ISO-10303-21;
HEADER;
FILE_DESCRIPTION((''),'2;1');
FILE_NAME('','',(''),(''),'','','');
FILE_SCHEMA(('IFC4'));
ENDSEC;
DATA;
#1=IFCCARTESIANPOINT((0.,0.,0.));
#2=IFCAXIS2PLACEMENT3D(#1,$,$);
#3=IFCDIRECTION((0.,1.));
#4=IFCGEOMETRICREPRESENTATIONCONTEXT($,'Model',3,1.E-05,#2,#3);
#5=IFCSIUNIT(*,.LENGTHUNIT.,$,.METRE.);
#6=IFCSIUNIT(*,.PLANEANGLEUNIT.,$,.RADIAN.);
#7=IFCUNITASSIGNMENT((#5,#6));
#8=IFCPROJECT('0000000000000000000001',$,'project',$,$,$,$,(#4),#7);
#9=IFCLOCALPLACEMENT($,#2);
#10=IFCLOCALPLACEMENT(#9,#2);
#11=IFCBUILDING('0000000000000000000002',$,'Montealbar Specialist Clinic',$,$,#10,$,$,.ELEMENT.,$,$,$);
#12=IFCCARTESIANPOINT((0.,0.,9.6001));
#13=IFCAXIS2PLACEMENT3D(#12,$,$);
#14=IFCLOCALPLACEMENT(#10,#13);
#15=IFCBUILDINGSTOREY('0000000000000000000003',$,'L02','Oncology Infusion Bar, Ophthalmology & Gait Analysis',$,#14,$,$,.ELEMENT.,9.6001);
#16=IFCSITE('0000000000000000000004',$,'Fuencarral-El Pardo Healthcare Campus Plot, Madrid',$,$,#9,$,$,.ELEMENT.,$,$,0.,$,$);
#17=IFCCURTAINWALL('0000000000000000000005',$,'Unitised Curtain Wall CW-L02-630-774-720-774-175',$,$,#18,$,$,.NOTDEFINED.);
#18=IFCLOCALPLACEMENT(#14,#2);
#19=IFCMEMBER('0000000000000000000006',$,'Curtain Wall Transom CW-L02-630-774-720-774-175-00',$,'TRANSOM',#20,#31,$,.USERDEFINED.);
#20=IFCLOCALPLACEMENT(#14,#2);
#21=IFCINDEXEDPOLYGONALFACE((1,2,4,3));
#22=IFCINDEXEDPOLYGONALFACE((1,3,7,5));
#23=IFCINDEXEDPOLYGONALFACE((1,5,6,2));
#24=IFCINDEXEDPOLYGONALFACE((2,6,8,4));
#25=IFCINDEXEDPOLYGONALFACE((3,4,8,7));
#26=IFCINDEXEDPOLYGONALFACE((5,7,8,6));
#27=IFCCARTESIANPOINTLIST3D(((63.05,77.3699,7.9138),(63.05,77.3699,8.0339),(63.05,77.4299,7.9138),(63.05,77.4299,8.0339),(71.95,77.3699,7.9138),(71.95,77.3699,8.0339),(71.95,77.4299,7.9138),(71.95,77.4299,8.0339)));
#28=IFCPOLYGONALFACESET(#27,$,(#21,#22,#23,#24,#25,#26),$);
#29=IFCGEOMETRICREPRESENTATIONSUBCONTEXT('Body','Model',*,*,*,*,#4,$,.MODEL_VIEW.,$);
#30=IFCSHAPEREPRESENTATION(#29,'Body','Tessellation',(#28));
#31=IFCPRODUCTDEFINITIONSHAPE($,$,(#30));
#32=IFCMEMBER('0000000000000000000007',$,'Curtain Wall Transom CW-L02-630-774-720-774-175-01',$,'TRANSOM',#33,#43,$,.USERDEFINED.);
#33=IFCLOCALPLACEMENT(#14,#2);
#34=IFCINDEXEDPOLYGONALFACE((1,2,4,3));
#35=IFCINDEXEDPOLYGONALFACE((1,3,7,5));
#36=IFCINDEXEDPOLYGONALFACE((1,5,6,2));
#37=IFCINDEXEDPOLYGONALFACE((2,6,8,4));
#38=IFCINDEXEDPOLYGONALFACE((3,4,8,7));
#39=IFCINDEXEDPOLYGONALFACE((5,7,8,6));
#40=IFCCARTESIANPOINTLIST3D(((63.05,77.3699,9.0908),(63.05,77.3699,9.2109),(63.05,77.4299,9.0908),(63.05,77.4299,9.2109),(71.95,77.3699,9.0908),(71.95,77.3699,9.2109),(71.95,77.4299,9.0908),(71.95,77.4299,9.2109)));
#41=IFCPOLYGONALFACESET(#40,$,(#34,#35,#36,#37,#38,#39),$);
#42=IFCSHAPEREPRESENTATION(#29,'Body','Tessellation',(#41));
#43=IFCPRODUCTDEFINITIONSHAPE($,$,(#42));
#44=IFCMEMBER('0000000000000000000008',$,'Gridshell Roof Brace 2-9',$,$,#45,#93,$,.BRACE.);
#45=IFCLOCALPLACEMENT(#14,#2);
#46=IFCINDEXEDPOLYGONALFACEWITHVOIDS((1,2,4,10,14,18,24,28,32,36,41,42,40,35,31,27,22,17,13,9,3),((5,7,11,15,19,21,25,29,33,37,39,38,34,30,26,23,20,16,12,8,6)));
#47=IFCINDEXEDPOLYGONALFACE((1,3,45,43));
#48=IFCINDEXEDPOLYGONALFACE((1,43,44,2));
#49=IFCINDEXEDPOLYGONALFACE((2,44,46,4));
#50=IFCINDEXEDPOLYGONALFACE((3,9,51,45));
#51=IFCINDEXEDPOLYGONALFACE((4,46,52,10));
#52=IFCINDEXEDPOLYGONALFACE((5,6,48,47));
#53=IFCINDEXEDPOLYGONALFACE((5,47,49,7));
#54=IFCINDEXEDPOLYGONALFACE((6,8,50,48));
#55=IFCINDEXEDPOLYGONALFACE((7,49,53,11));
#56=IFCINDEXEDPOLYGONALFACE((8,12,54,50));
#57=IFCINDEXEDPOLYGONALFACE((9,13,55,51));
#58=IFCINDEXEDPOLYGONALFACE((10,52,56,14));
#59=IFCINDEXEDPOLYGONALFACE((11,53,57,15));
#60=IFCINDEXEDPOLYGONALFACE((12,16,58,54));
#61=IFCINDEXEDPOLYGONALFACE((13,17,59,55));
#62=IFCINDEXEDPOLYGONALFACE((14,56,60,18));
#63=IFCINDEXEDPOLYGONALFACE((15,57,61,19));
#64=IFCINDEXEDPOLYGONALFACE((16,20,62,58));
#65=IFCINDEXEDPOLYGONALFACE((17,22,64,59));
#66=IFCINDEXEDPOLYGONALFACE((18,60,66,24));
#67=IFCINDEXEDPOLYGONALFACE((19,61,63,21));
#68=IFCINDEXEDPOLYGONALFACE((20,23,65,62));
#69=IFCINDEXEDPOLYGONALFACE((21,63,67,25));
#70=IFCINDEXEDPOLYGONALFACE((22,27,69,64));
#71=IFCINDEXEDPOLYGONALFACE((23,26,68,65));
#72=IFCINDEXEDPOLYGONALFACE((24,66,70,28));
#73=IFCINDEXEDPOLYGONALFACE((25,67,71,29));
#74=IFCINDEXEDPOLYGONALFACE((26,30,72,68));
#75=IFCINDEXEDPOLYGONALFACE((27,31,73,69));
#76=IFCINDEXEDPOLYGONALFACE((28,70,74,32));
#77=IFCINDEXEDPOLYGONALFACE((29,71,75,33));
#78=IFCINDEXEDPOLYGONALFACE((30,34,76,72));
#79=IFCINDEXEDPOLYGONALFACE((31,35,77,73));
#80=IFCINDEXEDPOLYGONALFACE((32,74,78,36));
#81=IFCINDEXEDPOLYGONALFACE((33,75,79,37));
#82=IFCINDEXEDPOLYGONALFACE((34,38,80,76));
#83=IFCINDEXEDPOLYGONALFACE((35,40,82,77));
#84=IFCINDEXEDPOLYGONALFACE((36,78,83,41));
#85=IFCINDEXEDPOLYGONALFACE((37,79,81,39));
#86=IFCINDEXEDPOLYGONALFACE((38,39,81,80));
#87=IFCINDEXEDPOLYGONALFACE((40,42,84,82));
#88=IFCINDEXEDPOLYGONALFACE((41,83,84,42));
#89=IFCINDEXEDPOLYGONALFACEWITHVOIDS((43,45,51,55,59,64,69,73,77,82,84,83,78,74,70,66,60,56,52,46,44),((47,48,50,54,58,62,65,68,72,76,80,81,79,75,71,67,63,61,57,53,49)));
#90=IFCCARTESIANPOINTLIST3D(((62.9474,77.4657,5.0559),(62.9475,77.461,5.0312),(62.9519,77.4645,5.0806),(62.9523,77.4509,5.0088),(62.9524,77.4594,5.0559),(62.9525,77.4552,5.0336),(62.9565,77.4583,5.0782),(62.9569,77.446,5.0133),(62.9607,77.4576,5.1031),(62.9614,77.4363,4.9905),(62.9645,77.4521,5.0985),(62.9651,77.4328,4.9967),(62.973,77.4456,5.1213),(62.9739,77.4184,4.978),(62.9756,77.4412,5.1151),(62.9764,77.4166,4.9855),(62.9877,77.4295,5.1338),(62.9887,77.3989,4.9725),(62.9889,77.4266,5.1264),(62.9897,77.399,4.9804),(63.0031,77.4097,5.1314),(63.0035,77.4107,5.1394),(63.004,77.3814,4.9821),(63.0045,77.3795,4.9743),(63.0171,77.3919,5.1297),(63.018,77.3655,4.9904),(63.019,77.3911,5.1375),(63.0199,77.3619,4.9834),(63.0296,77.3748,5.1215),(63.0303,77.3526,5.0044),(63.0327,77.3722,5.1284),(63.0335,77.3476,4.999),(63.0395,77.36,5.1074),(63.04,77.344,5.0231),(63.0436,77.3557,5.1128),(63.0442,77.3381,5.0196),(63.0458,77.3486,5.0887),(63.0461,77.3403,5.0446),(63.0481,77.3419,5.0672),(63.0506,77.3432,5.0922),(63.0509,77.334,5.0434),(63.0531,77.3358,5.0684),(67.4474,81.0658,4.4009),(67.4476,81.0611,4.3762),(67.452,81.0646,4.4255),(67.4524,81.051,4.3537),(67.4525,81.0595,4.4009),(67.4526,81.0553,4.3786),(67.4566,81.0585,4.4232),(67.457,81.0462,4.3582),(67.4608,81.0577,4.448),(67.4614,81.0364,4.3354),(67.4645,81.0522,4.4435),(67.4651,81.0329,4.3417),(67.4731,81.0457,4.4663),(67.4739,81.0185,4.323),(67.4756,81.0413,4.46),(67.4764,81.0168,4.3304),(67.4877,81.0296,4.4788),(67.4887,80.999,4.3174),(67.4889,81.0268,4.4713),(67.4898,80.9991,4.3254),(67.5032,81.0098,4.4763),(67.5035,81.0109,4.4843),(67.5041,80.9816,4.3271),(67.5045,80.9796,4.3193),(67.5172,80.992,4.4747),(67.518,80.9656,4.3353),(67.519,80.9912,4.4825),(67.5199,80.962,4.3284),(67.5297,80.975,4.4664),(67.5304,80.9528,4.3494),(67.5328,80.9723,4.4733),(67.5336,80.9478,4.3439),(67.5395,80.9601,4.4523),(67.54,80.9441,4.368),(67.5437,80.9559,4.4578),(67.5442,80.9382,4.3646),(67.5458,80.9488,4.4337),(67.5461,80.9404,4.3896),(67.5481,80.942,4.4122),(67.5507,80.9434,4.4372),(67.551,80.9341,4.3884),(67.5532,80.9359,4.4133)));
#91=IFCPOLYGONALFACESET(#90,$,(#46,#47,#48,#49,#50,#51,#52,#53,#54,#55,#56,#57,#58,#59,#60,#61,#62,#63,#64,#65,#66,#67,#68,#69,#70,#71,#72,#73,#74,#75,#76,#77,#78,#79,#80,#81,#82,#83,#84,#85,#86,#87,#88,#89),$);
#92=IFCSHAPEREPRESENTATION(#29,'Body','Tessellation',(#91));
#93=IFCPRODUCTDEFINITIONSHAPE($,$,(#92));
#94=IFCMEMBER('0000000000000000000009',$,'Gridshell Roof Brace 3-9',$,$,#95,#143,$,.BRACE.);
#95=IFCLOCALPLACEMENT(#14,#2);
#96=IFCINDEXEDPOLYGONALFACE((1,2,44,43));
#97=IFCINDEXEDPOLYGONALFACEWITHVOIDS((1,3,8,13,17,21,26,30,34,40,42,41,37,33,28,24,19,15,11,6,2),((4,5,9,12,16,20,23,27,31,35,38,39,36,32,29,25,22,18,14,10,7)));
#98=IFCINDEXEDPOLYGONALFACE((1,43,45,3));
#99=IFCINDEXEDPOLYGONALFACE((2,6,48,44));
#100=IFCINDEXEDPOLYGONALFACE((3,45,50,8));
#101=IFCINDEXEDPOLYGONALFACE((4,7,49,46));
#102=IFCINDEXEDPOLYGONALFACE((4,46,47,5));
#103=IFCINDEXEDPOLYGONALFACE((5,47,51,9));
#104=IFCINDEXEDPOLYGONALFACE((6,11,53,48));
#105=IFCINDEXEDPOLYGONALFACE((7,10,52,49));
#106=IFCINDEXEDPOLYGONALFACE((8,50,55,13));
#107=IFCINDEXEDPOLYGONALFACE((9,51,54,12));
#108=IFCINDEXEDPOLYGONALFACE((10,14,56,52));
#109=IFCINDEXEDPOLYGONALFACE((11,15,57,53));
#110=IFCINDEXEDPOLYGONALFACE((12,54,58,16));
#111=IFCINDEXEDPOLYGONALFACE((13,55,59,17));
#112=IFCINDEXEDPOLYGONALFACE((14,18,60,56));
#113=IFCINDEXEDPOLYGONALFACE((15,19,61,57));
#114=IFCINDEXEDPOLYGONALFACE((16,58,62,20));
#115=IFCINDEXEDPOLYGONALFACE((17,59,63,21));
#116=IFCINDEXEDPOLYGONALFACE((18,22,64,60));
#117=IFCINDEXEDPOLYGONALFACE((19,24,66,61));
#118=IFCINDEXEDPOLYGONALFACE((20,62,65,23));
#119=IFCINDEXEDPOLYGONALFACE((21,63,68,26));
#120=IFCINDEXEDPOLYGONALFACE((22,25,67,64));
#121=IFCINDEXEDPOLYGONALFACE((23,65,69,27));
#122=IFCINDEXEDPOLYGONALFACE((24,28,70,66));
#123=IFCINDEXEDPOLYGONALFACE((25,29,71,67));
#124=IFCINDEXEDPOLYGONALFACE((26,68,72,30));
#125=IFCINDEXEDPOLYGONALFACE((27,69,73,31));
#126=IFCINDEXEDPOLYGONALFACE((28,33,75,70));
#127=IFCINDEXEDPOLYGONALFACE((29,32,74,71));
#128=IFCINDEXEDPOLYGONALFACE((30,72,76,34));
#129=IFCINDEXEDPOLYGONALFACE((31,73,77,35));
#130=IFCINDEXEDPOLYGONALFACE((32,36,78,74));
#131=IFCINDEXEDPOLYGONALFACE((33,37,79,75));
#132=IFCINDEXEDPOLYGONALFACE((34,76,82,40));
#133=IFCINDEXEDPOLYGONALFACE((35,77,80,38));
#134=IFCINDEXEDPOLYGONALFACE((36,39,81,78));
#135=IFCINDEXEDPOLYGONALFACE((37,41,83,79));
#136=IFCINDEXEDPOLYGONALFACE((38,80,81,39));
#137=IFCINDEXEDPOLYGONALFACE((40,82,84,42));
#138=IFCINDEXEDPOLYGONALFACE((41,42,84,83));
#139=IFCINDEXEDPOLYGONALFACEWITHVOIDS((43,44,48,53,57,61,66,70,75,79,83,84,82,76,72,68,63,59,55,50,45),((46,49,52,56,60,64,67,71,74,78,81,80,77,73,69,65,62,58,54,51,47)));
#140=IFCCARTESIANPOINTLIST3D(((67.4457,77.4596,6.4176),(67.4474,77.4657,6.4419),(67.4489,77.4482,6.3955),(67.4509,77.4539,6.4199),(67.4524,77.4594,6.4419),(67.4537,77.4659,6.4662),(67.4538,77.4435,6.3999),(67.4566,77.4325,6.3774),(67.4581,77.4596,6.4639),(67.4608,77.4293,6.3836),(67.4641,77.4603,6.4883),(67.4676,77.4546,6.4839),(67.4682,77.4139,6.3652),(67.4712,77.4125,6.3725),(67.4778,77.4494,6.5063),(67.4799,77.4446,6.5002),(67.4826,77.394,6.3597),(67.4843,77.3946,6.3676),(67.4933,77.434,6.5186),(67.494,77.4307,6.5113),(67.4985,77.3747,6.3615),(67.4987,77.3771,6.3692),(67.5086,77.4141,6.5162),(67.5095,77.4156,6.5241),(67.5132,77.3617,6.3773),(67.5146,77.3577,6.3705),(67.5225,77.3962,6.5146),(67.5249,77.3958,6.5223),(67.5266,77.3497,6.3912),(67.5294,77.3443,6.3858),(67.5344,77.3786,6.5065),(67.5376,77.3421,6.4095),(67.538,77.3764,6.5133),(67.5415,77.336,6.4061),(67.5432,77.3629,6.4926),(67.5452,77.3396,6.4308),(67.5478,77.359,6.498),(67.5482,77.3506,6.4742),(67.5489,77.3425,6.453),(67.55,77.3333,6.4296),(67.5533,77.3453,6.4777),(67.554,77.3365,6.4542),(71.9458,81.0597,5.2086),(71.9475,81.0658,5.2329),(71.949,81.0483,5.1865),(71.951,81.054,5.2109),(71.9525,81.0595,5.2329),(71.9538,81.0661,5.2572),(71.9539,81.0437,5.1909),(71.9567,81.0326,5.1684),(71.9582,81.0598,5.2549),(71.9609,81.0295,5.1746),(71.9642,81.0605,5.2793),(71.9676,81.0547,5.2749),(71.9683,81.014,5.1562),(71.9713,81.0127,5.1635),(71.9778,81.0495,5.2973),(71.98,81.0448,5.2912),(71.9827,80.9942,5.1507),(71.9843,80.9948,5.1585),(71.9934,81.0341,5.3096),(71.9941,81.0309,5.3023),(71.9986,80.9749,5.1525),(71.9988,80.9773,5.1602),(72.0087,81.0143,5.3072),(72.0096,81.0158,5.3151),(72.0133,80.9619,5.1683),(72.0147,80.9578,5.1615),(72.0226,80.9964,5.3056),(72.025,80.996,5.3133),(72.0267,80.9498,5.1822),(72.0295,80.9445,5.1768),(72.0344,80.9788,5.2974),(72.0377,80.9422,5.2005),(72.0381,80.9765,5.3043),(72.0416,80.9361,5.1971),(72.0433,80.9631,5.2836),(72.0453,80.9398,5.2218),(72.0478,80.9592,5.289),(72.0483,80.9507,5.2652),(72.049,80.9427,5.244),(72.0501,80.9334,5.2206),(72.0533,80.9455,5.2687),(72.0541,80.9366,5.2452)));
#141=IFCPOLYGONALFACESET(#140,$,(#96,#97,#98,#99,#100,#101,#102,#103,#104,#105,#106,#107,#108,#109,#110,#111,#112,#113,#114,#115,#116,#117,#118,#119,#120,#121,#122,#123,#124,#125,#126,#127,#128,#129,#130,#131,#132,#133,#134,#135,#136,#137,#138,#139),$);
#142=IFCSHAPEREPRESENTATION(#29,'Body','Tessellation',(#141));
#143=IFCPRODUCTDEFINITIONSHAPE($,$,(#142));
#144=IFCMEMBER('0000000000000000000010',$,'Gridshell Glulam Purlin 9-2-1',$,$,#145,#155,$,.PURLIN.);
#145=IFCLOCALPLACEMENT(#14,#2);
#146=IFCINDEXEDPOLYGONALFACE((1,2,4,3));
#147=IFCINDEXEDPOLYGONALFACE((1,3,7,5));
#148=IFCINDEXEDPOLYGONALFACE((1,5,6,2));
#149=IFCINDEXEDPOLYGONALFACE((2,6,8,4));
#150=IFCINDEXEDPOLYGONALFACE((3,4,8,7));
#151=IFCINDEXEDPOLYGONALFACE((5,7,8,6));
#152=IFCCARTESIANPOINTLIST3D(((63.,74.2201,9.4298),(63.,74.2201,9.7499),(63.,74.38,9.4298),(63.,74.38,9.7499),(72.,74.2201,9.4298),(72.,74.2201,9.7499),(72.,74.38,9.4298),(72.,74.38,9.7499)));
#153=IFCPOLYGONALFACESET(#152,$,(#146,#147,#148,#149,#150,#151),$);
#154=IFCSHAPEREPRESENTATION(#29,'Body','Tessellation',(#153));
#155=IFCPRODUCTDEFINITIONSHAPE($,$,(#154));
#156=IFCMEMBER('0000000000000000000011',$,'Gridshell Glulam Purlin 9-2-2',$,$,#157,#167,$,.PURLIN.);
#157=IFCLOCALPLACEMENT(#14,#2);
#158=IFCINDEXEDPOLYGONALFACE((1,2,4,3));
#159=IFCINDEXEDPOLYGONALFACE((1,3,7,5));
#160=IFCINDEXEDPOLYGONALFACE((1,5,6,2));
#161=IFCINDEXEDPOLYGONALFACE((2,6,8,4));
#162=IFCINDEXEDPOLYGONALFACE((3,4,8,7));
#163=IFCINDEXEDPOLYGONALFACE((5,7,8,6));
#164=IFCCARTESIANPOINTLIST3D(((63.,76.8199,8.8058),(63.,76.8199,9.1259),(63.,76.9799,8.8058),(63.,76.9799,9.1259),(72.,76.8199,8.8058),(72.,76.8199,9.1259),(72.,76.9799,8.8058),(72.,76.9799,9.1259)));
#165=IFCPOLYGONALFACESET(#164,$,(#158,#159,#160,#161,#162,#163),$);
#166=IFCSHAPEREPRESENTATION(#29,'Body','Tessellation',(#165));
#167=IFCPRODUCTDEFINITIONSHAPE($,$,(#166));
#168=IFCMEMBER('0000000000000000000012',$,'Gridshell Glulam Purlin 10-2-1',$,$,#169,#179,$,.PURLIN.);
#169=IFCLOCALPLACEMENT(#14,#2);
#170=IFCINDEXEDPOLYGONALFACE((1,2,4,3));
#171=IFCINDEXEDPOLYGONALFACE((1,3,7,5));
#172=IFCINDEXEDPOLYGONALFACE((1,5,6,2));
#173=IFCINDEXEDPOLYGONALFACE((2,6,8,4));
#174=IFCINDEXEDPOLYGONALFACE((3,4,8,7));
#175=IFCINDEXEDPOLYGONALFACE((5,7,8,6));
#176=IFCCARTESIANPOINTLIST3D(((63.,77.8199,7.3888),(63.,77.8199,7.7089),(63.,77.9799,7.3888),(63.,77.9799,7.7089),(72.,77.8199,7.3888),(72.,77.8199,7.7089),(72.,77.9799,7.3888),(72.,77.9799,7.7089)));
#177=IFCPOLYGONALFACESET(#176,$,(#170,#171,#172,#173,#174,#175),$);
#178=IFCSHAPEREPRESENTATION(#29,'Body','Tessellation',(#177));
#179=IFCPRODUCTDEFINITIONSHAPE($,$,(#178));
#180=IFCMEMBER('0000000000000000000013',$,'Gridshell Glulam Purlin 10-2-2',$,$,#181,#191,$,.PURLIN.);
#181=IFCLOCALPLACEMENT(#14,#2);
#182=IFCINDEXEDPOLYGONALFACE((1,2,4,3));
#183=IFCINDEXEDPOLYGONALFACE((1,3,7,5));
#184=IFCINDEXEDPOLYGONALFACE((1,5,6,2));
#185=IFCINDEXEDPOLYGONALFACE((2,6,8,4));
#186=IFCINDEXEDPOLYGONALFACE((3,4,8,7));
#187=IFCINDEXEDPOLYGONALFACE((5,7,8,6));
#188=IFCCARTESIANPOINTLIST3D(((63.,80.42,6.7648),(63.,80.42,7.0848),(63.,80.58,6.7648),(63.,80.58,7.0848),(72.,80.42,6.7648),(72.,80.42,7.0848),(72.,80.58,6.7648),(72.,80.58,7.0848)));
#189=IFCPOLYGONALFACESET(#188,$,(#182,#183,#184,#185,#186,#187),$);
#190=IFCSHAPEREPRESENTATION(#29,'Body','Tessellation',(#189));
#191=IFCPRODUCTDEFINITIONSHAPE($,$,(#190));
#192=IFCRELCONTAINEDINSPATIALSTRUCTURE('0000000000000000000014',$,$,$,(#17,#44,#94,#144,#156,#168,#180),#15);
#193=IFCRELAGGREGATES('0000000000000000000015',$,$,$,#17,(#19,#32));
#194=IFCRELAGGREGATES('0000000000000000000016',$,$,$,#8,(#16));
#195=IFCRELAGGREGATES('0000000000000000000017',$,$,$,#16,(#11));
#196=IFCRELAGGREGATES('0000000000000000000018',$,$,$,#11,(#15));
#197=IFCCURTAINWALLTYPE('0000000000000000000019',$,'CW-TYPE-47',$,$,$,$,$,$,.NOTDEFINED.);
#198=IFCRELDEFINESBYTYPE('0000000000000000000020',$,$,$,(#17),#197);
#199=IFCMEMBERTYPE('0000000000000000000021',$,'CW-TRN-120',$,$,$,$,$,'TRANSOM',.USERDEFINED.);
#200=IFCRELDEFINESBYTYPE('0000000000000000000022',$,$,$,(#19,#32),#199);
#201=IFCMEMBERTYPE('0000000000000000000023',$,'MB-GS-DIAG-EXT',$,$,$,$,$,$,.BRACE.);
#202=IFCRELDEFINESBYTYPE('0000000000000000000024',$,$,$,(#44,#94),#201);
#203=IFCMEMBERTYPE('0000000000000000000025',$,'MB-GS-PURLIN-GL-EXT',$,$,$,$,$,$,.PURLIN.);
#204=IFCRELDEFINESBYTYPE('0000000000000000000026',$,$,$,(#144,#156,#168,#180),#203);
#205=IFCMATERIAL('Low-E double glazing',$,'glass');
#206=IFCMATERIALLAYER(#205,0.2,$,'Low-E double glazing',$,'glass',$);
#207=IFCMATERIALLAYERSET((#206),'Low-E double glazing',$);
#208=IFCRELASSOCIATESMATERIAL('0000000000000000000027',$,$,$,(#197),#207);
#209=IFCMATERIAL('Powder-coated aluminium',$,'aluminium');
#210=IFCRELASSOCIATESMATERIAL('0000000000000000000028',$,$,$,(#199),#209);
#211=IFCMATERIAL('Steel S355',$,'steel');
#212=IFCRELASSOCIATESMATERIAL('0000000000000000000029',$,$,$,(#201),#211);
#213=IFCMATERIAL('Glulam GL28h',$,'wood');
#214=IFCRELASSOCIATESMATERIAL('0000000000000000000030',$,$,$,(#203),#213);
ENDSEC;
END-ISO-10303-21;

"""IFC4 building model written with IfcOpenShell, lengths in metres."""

from ifc_helpers import new_model, si_unit, direction, frame, origin, origin_2d, place, context, subcontext, project, spatial, rectangle, hollow_circle, extrude, material, layer, layer_set, material_profile, profile_set, type_object, element, aggregate, save


model = new_model("IFC4")

# Units and contexts
model_context = context("Model", 3, precision=1e-05, world=origin(), true_north=direction((0.0, 1.0)))
body_context = subcontext(model_context, "Body", "Model", "MODEL_VIEW")
ifc_project = project(units=[si_unit("LENGTHUNIT", "METRE"), si_unit("PLANEANGLEUNIT", "RADIAN")], contexts=[model_context])

# Site, building, storey
site_placement = place(None, origin())
site = spatial("IfcSite", under=ifc_project, at=site_placement, Name="Fuencarral-El Pardo Healthcare Campus Plot, Madrid", CompositionType="ELEMENT", RefElevation=0.0)
building_placement = place(site_placement, origin())
building = spatial("IfcBuilding", under=site, at=building_placement, Name="Montealbar Specialist Clinic", CompositionType="ELEMENT")
storey_placement = place(building_placement, frame((0.0, 0.0, 9.6001)))
storey = spatial("IfcBuildingStorey", under=building, at=storey_placement, Name="L02", Description="Oncology Infusion Bar, Ophthalmology & Gait Analysis", CompositionType="ELEMENT", Elevation=9.6001)

# Shared definitions
ifc_material_1 = material(Name="Steel S355", Category="steel")
ifc_material_2 = material(Name="Glulam GL28h", Category="wood")

# Curtain wall, members
ifc_material_3 = material(Name="Low-E double glazing", Category="glass")
ifc_layer_1 = layer(ifc_material_3, 0.2, Name="Low-E double glazing", Category="glass")
ifc_layer_set_1 = layer_set([ifc_layer_1], Name="Low-E double glazing")
curtain_wall_type = type_object("IfcCurtainWallType", Name="CW-TYPE-47", PredefinedType="NOTDEFINED", material=ifc_layer_set_1)
curtain_wall_placement = place(storey_placement, origin())
curtain_wall = element("IfcCurtainWall", 1, at=curtain_wall_placement, inside=storey, type_object=curtain_wall_type, Name="Unitised Curtain Wall CW-L02-630-774-720-774-175", PredefinedType="NOTDEFINED")
ifc_material_4 = material(Name="Powder-coated aluminium", Category="aluminium")
ifc_material_profile_1 = material_profile(ifc_material_4, rectangle(XDim=0.0601, YDim=0.1201, at=origin_2d()), Name="ALU 60x120", Category="aluminium")
ifc_profile_set_1 = profile_set([ifc_material_profile_1], Name="Powder-coated aluminium")
member_type_1 = type_object("IfcMemberType", Name="CW-TRN-120", ElementType="TRANSOM", PredefinedType="USERDEFINED", material=ifc_profile_set_1)
member_1_placement = place(storey_placement, frame((63.05, 77.3999, 7.9739), z_axis=(1.0, 0.0, 0.0), x_axis=(0.0, 1.0, 0.0)))
member_1 = element("IfcMember", 2, at=member_1_placement, type_object=member_type_1, Name="Curtain Wall Transom CW-L02-630-774-720-774-175-00", ObjectType="TRANSOM", PredefinedType="USERDEFINED", context=body_context, shape_type="SweptSolid", body=[
    extrude(rectangle(XDim=0.0601, YDim=0.1201, at=origin_2d()), origin(), (0.0, 0.0, 1.0), 8.8999),
])
member_2_placement = place(storey_placement, frame((63.05, 77.3999, 9.1509), z_axis=(1.0, 0.0, 0.0), x_axis=(0.0, 1.0, 0.0)))
member_2 = element("IfcMember", 3, at=member_2_placement, type_object=member_type_1, Name="Curtain Wall Transom CW-L02-630-774-720-774-175-01", ObjectType="TRANSOM", PredefinedType="USERDEFINED", context=body_context, shape_type="SweptSolid", body=[
    extrude(rectangle(XDim=0.0601, YDim=0.1201, at=origin_2d()), origin(), (0.0, 0.0, 1.0), 8.8999),
])

# Members
ifc_material_profile_2 = material_profile(ifc_material_1, hollow_circle(Radius=0.0842, WallThickness=0.0081, at=origin_2d()), Name="CHS 168.3x8.0", Category="steel")
ifc_profile_set_2 = profile_set([ifc_material_profile_2], Name="Steel S355")
member_type_2 = type_object("IfcMemberType", Name="MB-GS-DIAG-EXT", PredefinedType="BRACE", material=ifc_profile_set_2)
member_3_placement = place(storey_placement, frame((63.0, 77.3999, 5.0559), z_axis=(0.775865, 0.620709, -0.112936), x_axis=(-0.624705, 0.780861, 0.0)))
element("IfcMember", 4, at=member_3_placement, inside=storey, type_object=member_type_2, Name="Gridshell Roof Brace 2-9", PredefinedType="BRACE", context=body_context, shape_type="SweptSolid", body=[
    extrude(hollow_circle(Radius=0.0842, WallThickness=0.0081, at=origin_2d()), origin(), (0.0, 0.0, 1.0), 5.8),
])
member_4_placement = place(storey_placement, frame((67.5, 77.3999, 6.4419), z_axis=(0.764224, 0.611396, -0.205319), x_axis=(-0.624705, 0.780861, 0.0)))
element("IfcMember", 5, at=member_4_placement, inside=storey, type_object=member_type_2, Name="Gridshell Roof Brace 3-9", PredefinedType="BRACE", context=body_context, shape_type="SweptSolid", body=[
    extrude(hollow_circle(Radius=0.0842, WallThickness=0.0081, at=origin_2d()), origin(), (0.0, 0.0, 1.0), 5.8884),
])
ifc_material_profile_3 = material_profile(ifc_material_2, rectangle(XDim=0.1599, YDim=0.3201, at=origin_2d()), Name="GL28h 160x320", Category="wood")
ifc_profile_set_3 = profile_set([ifc_material_profile_3], Name="Glulam GL28h")
member_type_3 = type_object("IfcMemberType", Name="MB-GS-PURLIN-GL-EXT", PredefinedType="PURLIN", material=ifc_profile_set_3)
for number, where, z_axis, x_axis, name in (
    (6, (63.0, 74.3, 9.5898), (1.0, 0.0, 0.0), (0.0, 1.0, 0.0), "Gridshell Glulam Purlin 9-2-1"),
    (7, (63.0, 76.8999, 8.9658), (1.0, 0.0, 0.0), (0.0, 1.0, 0.0), "Gridshell Glulam Purlin 9-2-2"),
    (8, (63.0, 77.8999, 7.5488), (1.0, 0.0, 0.0), (0.0, 1.0, 0.0), "Gridshell Glulam Purlin 10-2-1"),
    (9, (63.0, 80.5, 6.9248), (1.0, 0.0, 0.0), (0.0, 1.0, 0.0), "Gridshell Glulam Purlin 10-2-2"),
):
    element("IfcMember", number, at=place(storey_placement, frame(where, z_axis=z_axis, x_axis=x_axis)), inside=storey, type_object=member_type_3, Name=name, PredefinedType="PURLIN", context=body_context, shape_type="SweptSolid", body=[
        extrude(rectangle(XDim=0.1599, YDim=0.3201, at=origin_2d()), origin(), (0.0, 0.0, 1.0), 9.0),
    ])

aggregate(curtain_wall, [member_1, member_2])

save(model, "model.ifc")
